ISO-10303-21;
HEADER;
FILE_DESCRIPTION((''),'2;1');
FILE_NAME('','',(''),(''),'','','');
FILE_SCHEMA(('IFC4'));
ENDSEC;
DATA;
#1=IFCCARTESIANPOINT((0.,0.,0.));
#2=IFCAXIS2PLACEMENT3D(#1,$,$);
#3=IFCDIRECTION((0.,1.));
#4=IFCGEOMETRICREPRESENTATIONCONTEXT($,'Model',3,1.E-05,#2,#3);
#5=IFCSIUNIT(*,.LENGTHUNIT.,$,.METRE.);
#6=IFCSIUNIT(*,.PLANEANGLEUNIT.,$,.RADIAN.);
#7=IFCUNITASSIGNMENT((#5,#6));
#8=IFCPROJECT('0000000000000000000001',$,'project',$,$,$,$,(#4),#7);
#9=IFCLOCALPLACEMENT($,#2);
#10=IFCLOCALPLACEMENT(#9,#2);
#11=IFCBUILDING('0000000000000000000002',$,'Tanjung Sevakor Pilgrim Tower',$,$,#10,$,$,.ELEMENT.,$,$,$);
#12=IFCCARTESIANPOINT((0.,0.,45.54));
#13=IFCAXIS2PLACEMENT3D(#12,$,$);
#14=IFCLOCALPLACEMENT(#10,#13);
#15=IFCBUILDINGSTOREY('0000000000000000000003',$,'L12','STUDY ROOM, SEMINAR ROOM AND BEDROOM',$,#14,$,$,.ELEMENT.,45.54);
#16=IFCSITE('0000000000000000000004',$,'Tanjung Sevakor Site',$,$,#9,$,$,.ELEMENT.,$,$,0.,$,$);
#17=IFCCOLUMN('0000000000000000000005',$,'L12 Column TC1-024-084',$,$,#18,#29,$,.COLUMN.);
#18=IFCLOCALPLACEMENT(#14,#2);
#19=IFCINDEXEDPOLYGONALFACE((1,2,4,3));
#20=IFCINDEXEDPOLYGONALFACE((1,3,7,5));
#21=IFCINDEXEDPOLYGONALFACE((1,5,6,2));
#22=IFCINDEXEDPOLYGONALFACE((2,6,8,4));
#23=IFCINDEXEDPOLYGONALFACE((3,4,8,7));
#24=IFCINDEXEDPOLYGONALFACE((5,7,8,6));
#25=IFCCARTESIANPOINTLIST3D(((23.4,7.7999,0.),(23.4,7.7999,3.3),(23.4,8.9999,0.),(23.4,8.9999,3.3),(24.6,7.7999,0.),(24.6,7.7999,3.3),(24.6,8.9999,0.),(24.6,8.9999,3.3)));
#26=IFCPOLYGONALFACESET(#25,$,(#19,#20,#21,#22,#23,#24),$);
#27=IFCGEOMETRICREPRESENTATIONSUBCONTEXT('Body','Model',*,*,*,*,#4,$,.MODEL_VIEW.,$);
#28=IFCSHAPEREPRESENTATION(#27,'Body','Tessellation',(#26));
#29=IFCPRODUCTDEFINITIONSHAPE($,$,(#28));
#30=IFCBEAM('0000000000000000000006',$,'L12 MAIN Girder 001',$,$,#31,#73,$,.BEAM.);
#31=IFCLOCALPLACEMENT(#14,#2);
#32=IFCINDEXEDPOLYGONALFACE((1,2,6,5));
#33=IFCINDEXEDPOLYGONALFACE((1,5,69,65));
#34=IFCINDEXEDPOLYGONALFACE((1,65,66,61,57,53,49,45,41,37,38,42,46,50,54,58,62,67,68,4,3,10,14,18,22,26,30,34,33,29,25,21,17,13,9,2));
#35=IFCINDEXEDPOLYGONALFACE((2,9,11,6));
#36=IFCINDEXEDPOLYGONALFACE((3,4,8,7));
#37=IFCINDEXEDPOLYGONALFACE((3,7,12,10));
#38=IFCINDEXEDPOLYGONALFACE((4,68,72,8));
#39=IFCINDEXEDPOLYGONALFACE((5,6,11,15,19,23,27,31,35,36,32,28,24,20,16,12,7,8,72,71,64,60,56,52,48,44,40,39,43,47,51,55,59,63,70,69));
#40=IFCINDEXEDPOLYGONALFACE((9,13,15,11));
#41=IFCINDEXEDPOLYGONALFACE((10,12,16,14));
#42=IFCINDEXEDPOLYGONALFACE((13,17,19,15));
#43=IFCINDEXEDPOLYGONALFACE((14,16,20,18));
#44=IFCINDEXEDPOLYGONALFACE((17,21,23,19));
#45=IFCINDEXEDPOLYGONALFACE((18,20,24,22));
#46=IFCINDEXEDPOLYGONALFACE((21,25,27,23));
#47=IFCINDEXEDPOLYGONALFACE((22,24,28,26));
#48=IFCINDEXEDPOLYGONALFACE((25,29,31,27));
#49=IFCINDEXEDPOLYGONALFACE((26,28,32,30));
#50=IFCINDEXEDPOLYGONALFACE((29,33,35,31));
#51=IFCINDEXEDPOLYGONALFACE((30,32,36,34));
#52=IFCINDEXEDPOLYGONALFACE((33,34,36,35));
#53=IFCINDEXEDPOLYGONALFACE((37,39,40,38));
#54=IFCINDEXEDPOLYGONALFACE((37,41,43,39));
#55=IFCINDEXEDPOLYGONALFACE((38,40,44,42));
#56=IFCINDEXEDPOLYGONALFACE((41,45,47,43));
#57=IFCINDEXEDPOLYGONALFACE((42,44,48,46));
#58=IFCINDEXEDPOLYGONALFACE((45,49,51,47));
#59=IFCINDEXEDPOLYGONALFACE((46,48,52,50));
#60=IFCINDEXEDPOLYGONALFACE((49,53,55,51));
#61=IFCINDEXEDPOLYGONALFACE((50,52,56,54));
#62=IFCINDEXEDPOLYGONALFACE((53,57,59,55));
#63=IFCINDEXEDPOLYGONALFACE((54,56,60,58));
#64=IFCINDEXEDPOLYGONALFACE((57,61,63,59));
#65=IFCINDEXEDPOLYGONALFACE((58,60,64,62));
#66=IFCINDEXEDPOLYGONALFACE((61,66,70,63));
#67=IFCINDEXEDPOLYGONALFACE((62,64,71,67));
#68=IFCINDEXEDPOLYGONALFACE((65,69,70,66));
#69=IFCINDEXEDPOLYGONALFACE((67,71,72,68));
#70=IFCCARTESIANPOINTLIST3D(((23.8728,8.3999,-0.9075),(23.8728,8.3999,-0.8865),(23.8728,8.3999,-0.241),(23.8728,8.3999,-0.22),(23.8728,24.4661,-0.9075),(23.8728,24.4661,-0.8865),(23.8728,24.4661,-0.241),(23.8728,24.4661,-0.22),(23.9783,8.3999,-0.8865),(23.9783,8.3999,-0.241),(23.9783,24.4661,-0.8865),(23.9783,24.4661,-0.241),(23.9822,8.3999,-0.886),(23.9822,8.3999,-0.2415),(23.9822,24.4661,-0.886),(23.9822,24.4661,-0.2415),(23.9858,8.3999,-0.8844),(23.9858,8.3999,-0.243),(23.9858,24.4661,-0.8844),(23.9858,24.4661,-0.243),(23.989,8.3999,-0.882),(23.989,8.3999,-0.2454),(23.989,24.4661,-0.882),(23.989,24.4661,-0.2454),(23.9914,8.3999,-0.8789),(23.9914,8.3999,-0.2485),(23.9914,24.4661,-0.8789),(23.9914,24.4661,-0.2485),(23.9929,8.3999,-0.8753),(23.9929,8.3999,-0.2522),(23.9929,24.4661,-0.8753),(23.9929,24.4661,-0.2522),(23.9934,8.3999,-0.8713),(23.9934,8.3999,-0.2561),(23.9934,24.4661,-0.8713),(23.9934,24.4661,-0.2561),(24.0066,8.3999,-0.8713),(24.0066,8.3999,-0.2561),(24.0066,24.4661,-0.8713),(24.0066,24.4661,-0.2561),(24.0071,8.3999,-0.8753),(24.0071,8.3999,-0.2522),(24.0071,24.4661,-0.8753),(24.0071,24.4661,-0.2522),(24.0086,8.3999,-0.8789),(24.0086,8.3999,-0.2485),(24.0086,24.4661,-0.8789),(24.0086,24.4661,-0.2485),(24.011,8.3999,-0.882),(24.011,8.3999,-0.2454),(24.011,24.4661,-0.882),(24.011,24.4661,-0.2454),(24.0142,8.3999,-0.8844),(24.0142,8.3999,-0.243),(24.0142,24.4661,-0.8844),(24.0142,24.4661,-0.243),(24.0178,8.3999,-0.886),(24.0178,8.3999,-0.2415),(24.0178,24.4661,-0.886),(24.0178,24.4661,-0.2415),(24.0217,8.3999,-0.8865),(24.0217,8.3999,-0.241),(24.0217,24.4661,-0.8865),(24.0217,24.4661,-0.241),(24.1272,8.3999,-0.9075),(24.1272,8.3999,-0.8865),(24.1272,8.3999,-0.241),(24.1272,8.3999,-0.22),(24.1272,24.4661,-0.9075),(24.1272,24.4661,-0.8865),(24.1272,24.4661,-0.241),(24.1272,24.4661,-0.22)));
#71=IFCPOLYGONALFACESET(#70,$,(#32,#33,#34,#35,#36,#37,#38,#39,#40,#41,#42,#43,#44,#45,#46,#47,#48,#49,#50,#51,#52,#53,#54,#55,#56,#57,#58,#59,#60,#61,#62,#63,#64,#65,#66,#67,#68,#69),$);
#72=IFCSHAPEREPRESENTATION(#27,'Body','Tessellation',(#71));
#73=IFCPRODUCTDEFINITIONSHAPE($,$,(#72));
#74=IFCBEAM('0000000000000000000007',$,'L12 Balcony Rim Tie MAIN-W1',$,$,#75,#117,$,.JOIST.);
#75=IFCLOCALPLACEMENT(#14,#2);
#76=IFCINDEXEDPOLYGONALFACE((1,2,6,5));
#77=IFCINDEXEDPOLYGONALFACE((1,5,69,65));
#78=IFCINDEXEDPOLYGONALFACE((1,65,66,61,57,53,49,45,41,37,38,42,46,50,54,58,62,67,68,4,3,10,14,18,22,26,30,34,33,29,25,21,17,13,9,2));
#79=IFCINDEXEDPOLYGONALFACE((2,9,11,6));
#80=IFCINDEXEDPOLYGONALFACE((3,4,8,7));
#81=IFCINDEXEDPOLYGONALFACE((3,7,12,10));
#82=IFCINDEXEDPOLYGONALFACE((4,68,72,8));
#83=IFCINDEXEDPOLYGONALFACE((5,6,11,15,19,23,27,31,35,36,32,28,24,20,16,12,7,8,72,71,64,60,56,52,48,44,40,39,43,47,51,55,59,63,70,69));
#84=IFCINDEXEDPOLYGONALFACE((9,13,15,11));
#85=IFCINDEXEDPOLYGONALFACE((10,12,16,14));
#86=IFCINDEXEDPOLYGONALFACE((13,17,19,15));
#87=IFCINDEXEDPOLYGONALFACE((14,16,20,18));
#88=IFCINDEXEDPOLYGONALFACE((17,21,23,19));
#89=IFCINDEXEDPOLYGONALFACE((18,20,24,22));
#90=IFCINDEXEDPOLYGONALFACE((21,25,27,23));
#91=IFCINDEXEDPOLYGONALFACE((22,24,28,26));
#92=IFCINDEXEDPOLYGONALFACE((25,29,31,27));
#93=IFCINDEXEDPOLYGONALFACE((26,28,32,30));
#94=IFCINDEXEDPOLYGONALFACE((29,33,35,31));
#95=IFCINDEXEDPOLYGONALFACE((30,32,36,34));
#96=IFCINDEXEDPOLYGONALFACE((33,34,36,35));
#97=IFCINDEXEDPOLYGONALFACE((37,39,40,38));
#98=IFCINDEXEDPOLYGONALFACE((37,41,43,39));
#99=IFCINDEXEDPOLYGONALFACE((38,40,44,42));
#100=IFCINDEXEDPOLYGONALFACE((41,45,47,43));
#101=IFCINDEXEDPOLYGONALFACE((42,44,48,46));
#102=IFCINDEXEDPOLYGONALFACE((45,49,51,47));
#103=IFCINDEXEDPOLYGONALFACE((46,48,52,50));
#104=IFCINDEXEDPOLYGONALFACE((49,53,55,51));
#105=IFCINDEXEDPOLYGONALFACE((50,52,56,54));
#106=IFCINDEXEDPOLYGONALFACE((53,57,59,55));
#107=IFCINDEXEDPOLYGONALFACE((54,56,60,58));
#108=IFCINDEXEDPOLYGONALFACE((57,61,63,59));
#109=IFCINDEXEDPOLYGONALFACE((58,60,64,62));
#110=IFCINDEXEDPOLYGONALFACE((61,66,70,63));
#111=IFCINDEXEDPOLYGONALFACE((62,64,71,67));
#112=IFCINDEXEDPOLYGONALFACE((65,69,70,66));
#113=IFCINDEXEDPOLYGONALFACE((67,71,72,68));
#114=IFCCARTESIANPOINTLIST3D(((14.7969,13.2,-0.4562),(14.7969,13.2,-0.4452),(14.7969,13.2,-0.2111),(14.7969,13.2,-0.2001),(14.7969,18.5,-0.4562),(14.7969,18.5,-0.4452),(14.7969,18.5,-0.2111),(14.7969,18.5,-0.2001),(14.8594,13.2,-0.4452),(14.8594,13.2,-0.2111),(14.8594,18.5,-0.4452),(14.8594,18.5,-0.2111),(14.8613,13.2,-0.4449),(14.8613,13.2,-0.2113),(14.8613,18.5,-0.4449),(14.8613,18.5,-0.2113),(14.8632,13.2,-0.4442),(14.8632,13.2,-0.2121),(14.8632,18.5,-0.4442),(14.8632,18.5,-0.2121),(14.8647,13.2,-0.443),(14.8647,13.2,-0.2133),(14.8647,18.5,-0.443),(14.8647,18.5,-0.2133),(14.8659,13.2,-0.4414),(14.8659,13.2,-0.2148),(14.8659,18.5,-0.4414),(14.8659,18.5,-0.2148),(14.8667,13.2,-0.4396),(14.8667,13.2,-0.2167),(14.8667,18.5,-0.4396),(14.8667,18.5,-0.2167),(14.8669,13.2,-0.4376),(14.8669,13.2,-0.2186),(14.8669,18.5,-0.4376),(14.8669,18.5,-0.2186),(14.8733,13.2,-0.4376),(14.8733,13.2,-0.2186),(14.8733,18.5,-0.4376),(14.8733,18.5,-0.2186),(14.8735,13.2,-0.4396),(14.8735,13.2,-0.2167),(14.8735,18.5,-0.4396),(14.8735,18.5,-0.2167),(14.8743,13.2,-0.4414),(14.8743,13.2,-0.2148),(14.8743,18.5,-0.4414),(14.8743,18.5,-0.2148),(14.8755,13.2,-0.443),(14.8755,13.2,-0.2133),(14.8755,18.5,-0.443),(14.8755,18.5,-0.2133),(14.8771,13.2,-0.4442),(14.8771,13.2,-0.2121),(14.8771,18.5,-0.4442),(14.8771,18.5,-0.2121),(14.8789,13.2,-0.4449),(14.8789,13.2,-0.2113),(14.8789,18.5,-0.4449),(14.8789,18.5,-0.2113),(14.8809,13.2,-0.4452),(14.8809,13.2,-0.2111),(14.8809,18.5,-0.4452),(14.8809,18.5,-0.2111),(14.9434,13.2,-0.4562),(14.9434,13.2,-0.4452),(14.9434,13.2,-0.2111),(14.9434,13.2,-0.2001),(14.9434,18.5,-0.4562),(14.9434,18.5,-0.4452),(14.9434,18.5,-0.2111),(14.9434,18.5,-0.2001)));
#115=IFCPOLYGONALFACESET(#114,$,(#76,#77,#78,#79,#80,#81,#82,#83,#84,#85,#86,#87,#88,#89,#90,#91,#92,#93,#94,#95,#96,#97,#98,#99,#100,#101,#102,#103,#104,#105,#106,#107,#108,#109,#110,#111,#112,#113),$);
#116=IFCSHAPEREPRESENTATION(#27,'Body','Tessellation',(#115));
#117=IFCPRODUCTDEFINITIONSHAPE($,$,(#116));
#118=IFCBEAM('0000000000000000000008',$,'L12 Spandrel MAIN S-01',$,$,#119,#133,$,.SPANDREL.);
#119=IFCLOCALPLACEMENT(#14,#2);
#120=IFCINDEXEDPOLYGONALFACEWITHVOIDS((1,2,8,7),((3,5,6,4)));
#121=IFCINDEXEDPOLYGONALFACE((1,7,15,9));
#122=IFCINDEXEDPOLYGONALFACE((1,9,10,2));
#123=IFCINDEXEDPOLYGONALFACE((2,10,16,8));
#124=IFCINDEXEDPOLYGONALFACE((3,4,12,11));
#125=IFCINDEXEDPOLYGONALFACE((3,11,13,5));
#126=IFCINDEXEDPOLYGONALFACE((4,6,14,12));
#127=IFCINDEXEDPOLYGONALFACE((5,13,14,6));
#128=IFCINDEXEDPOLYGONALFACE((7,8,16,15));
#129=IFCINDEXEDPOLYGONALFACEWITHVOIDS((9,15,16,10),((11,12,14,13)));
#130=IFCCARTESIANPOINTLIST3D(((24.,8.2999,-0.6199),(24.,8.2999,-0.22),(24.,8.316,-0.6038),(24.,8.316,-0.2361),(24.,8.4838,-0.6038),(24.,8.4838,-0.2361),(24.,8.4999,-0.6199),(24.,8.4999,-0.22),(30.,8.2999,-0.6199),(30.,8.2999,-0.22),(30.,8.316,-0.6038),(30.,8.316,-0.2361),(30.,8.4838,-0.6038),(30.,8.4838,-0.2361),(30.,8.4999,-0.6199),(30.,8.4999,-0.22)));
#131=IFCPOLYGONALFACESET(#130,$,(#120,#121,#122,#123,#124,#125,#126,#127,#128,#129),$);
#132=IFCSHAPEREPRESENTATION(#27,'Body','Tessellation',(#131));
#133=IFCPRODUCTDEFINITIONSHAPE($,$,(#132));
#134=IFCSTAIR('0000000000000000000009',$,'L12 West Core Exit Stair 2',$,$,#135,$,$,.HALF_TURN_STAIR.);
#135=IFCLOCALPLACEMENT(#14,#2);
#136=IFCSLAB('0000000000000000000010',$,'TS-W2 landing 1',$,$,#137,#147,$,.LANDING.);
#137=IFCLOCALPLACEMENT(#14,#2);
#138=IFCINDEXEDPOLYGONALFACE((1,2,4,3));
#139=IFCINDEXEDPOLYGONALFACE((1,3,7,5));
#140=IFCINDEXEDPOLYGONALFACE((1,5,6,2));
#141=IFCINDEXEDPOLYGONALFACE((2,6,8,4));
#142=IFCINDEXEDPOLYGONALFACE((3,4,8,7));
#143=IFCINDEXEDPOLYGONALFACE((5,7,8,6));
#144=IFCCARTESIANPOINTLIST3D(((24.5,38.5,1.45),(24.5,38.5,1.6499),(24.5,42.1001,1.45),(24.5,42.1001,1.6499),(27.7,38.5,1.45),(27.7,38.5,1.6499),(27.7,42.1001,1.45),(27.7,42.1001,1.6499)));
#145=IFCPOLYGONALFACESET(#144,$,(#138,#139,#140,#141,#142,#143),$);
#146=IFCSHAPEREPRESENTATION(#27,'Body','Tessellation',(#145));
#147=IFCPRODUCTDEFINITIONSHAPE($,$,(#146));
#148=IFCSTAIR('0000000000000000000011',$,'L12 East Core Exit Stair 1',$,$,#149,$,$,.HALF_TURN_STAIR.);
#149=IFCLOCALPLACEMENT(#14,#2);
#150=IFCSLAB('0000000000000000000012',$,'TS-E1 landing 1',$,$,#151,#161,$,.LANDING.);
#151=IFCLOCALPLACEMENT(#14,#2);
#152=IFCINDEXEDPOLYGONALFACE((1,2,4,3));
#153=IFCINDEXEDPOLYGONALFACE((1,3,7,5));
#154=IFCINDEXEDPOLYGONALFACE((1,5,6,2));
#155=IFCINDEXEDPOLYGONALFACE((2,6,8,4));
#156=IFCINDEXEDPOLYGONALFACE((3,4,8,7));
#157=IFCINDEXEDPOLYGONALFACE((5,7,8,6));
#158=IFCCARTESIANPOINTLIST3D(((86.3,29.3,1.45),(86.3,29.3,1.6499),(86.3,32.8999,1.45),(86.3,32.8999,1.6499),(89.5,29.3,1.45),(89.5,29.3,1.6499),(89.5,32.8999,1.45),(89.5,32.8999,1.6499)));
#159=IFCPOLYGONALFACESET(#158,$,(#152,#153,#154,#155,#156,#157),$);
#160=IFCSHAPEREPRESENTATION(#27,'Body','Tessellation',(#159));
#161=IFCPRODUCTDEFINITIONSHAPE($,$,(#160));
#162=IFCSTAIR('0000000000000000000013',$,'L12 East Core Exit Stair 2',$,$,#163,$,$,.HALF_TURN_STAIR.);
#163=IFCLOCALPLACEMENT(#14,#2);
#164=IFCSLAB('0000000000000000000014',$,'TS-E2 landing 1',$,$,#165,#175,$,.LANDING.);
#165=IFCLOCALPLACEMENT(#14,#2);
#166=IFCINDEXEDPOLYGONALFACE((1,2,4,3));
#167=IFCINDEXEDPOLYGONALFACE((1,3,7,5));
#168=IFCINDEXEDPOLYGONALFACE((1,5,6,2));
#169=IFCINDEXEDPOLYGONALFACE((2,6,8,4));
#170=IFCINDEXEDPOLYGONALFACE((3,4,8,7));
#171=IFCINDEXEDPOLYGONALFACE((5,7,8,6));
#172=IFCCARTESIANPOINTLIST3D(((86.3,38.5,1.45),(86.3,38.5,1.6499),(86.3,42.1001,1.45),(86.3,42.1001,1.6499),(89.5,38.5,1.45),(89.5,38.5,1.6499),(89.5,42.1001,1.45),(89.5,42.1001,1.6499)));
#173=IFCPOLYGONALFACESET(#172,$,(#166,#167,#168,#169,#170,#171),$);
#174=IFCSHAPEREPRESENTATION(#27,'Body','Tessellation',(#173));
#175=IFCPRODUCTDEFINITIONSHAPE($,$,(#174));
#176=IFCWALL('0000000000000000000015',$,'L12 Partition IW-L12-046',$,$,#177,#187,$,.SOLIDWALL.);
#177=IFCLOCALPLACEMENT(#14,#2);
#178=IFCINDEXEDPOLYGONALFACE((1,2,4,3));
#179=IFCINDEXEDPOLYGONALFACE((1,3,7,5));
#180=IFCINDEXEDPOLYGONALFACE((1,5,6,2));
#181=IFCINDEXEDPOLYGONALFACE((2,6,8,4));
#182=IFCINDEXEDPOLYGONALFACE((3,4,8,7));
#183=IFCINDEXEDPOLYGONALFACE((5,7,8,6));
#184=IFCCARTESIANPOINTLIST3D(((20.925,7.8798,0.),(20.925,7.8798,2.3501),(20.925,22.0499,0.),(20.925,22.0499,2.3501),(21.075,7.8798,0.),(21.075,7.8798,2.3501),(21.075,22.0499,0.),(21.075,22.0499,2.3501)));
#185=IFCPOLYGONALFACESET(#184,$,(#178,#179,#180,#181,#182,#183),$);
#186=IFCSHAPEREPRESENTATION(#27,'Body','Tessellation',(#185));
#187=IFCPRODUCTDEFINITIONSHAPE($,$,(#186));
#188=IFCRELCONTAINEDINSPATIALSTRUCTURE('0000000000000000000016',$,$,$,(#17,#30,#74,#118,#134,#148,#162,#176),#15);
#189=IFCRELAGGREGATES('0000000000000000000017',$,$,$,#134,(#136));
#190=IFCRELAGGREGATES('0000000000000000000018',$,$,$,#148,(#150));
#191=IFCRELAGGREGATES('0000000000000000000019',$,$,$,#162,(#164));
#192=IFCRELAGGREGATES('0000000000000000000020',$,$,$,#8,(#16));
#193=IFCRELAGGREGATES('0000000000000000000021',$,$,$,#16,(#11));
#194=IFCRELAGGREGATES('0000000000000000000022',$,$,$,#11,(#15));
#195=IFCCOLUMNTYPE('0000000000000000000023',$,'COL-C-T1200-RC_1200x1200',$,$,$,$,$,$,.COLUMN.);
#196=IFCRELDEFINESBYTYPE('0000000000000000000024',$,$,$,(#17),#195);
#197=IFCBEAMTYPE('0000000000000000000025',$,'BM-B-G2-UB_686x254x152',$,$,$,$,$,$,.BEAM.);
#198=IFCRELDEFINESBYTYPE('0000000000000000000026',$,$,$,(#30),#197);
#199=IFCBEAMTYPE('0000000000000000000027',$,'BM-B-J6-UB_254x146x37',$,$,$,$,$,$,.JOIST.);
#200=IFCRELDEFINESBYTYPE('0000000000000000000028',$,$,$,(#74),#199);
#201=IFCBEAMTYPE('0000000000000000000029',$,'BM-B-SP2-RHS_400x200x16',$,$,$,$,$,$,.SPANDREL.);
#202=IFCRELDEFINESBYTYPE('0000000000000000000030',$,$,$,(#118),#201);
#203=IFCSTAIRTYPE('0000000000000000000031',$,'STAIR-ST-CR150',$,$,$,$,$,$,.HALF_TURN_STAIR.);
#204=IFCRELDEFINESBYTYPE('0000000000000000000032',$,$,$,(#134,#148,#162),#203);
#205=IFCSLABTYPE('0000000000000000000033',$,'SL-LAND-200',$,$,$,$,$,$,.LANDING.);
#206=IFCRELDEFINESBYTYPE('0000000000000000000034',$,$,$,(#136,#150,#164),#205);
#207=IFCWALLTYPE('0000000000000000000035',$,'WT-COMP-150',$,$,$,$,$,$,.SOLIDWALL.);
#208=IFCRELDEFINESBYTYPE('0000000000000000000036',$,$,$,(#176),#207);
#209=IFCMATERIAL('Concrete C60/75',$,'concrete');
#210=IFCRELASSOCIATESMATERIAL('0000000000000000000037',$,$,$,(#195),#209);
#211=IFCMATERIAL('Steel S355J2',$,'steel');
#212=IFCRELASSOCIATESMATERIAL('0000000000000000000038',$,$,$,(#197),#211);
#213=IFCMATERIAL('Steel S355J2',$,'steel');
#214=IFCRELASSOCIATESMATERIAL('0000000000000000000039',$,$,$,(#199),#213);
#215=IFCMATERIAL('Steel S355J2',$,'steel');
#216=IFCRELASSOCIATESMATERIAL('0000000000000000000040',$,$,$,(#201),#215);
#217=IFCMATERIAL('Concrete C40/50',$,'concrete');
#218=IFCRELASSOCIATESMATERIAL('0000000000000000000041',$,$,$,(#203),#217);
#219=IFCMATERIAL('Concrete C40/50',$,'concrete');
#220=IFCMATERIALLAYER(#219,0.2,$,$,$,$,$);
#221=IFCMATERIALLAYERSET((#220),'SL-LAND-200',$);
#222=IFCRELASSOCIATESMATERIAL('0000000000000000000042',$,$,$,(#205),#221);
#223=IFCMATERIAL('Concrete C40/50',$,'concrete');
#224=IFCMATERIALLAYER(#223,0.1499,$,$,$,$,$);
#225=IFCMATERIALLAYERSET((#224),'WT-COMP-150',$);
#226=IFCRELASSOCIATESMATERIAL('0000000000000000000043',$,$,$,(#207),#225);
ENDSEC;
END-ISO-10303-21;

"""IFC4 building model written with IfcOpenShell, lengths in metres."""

from ifc_helpers import new_model, si_unit, direction, frame, frame_2d, origin, origin_2d, place, context, subcontext, project, spatial, polyline, rectangle, hollow_rectangle, i_section, outline, extrude, material, layer, layer_set, material_profile, profile_set, type_object, element, aggregate, save


model = new_model("IFC4")

# Units and contexts
model_context = context("Model", 3, precision=1e-05, world=origin(), true_north=direction((0.0, 1.0)))
body_context = subcontext(model_context, "Body", "Model", "MODEL_VIEW")
ifc_project = project(units=[si_unit("LENGTHUNIT", "METRE"), si_unit("PLANEANGLEUNIT", "RADIAN")], contexts=[model_context])

# Site, building, storey
site_placement = place(None, origin())
site = spatial("IfcSite", under=ifc_project, at=site_placement, Name="Tanjung Sevakor Site", CompositionType="ELEMENT", RefElevation=0.0)
building_placement = place(site_placement, origin())
building = spatial("IfcBuilding", under=site, at=building_placement, Name="Tanjung Sevakor Pilgrim Tower", CompositionType="ELEMENT")
storey_placement = place(building_placement, frame((0.0, 0.0, 45.54)))
storey = spatial("IfcBuildingStorey", under=building, at=storey_placement, Name="L12", Description="STUDY ROOM, SEMINAR ROOM AND BEDROOM", CompositionType="ELEMENT", Elevation=45.54)

# Column
ifc_material_1 = material(Name="Concrete C60/75", Category="concrete")
ifc_material_profile_1 = material_profile(ifc_material_1, rectangle(XDim=1.2, YDim=1.2, at=origin_2d()))
ifc_profile_set_1 = profile_set([ifc_material_profile_1], Name="Concrete C60/75")
column_type = type_object("IfcColumnType", Name="COL-C-T1200-RC_1200x1200", PredefinedType="COLUMN", material=ifc_profile_set_1)
column_placement = place(storey_placement, frame((24.0, 8.3999, 0.0), z_axis=(0.0, 0.0, 1.0), x_axis=(1.0, 0.0, 0.0)))
element("IfcColumn", 1, at=column_placement, inside=storey, type_object=column_type, Name="L12 Column TC1-024-084", PredefinedType="COLUMN", context=body_context, shape_type="SweptSolid", body=[
    extrude(rectangle(XDim=1.2, YDim=1.2, at=origin_2d()), origin(), (0.0, 0.0, 1.0), 3.3),
])

# Beams
ifc_material_2 = material(Name="Steel S355J2", Category="steel")
ifc_material_profile_2 = material_profile(ifc_material_2, i_section(OverallWidth=0.2544, OverallDepth=0.6875, WebThickness=0.0132, FlangeThickness=0.021, FilletRadius=0.0151, at=origin_2d()))
ifc_profile_set_2 = profile_set([ifc_material_profile_2], Name="Steel S355J2")
beam_type_1 = type_object("IfcBeamType", Name="BM-B-G2-UB_686x254x152", PredefinedType="BEAM", material=ifc_profile_set_2)
beam_1_placement = place(storey_placement, frame((24.0, 8.3999, -0.5637), z_axis=(0.0, 1.0, 0.0), x_axis=(-1.0, 0.0, 0.0)))
element("IfcBeam", 2, at=beam_1_placement, inside=storey, type_object=beam_type_1, Name="L12 MAIN Girder 001", PredefinedType="BEAM", context=body_context, shape_type="SweptSolid", body=[
    extrude(i_section(OverallWidth=0.2544, OverallDepth=0.6875, WebThickness=0.0132, FlangeThickness=0.021, FilletRadius=0.0151, at=origin_2d()), origin(), (0.0, 0.0, 1.0), 16.0662),
])
ifc_material_3 = material(Name="Steel S355J2", Category="steel")
ifc_material_profile_3 = material_profile(ifc_material_3, i_section(OverallWidth=0.1465, OverallDepth=0.2561, WebThickness=0.0063, FlangeThickness=0.011, FilletRadius=0.0076, at=origin_2d()))
ifc_profile_set_3 = profile_set([ifc_material_profile_3], Name="Steel S355J2")
beam_type_2 = type_object("IfcBeamType", Name="BM-B-J6-UB_254x146x37", PredefinedType="JOIST", material=ifc_profile_set_3)
beam_2_placement = place(storey_placement, frame((14.8701, 13.2, -0.3281), z_axis=(0.0, 1.0, 0.0), x_axis=(-1.0, 0.0, 0.0)))
element("IfcBeam", 3, at=beam_2_placement, inside=storey, type_object=beam_type_2, Name="L12 Balcony Rim Tie MAIN-W1", PredefinedType="JOIST", context=body_context, shape_type="SweptSolid", body=[
    extrude(i_section(OverallWidth=0.1465, OverallDepth=0.2561, WebThickness=0.0063, FlangeThickness=0.011, FilletRadius=0.0076, at=origin_2d()), origin(), (0.0, 0.0, 1.0), 5.3),
])
ifc_material_4 = material(Name="Steel S355J2", Category="steel")
ifc_material_profile_4 = material_profile(ifc_material_4, hollow_rectangle(XDim=0.2, YDim=0.3999, WallThickness=0.0161, at=origin_2d()))
ifc_profile_set_4 = profile_set([ifc_material_profile_4], Name="Steel S355J2")
beam_type_3 = type_object("IfcBeamType", Name="BM-B-SP2-RHS_400x200x16", PredefinedType="SPANDREL", material=ifc_profile_set_4)
beam_3_placement = place(storey_placement, frame((24.0, 8.3999, -0.4199), z_axis=(1.0, 0.0, 0.0), x_axis=(0.0, 1.0, 0.0)))
element("IfcBeam", 4, at=beam_3_placement, inside=storey, type_object=beam_type_3, Name="L12 Spandrel MAIN S-01", PredefinedType="SPANDREL", context=body_context, shape_type="SweptSolid", body=[
    extrude(hollow_rectangle(XDim=0.2, YDim=0.3999, WallThickness=0.0161, at=origin_2d()), origin(), (0.0, 0.0, 1.0), 6.0),
])

# Stairs, slabs
ifc_material_5 = material(Name="Concrete C40/50", Category="concrete")
stair_type = type_object("IfcStairType", Name="STAIR-ST-CR150", PredefinedType="HALF_TURN_STAIR", material=ifc_material_5)
stair_1_placement = place(storey_placement, origin())
stair_1 = element("IfcStair", 5, at=stair_1_placement, inside=storey, type_object=stair_type, Name="L12 West Core Exit Stair 2", PredefinedType="HALF_TURN_STAIR")
ifc_material_6 = material(Name="Concrete C40/50", Category="concrete")
ifc_layer_1 = layer(ifc_material_6, 0.2)
ifc_layer_set_1 = layer_set([ifc_layer_1], Name="SL-LAND-200")
slab_type = type_object("IfcSlabType", Name="SL-LAND-200", PredefinedType="LANDING", material=ifc_layer_set_1)
slab_1_placement = place(storey_placement, frame((0.0, 0.0, 1.45)))
slab_1 = element("IfcSlab", 6, at=slab_1_placement, type_object=slab_type, Name="TS-W2 landing 1", PredefinedType="LANDING", context=body_context, shape_type="SweptSolid", body=[
    extrude(outline(polyline([(27.7, 38.5), (27.7, 42.1001), (24.5, 42.1001), (24.5, 38.5), (27.7, 38.5)])), origin(), (0.0, 0.0, 1.0), 0.2),
])
aggregate(stair_1, [slab_1])
stair_2_placement = place(storey_placement, origin())
stair_2 = element("IfcStair", 7, at=stair_2_placement, inside=storey, type_object=stair_type, Name="L12 East Core Exit Stair 1", PredefinedType="HALF_TURN_STAIR")
slab_2_placement = place(storey_placement, frame((0.0, 0.0, 1.45)))
slab_2 = element("IfcSlab", 8, at=slab_2_placement, type_object=slab_type, Name="TS-E1 landing 1", PredefinedType="LANDING", context=body_context, shape_type="SweptSolid", body=[
    extrude(outline(polyline([(89.5, 29.3), (89.5, 32.8999), (86.3, 32.8999), (86.3, 29.3), (89.5, 29.3)])), origin(), (0.0, 0.0, 1.0), 0.2),
])
aggregate(stair_2, [slab_2])
stair_3_placement = place(storey_placement, origin())
stair_3 = element("IfcStair", 9, at=stair_3_placement, inside=storey, type_object=stair_type, Name="L12 East Core Exit Stair 2", PredefinedType="HALF_TURN_STAIR")
slab_3_placement = place(storey_placement, frame((0.0, 0.0, 1.45)))
slab_3 = element("IfcSlab", 10, at=slab_3_placement, type_object=slab_type, Name="TS-E2 landing 1", PredefinedType="LANDING", context=body_context, shape_type="SweptSolid", body=[
    extrude(outline(polyline([(89.5, 38.5), (89.5, 42.1001), (86.3, 42.1001), (86.3, 38.5), (89.5, 38.5)])), origin(), (0.0, 0.0, 1.0), 0.2),
])
aggregate(stair_3, [slab_3])

# Wall
ifc_material_7 = material(Name="Concrete C40/50", Category="concrete")
ifc_layer_2 = layer(ifc_material_7, 0.1499)
ifc_layer_set_2 = layer_set([ifc_layer_2], Name="WT-COMP-150")
wall_type_1 = type_object("IfcWallType", Name="WT-COMP-150", PredefinedType="SOLIDWALL", material=ifc_layer_set_2)
wall_1_placement = place(storey_placement, frame((21.0, 7.8799, 0.0), z_axis=(0.0, 0.0, 1.0), x_axis=(0.0, 1.0, 0.0)))
element("IfcWall", 11, at=wall_1_placement, inside=storey, type_object=wall_type_1, Name="L12 Partition IW-L12-046", PredefinedType="SOLIDWALL", context=body_context, shape_type="SweptSolid", body=[
    extrude(rectangle(XDim=14.1702, YDim=0.1499, at=frame_2d((7.085, 0.0))), origin(), (0.0, 0.0, 1.0), 2.3501),
])

save(model, "model.ifc")
